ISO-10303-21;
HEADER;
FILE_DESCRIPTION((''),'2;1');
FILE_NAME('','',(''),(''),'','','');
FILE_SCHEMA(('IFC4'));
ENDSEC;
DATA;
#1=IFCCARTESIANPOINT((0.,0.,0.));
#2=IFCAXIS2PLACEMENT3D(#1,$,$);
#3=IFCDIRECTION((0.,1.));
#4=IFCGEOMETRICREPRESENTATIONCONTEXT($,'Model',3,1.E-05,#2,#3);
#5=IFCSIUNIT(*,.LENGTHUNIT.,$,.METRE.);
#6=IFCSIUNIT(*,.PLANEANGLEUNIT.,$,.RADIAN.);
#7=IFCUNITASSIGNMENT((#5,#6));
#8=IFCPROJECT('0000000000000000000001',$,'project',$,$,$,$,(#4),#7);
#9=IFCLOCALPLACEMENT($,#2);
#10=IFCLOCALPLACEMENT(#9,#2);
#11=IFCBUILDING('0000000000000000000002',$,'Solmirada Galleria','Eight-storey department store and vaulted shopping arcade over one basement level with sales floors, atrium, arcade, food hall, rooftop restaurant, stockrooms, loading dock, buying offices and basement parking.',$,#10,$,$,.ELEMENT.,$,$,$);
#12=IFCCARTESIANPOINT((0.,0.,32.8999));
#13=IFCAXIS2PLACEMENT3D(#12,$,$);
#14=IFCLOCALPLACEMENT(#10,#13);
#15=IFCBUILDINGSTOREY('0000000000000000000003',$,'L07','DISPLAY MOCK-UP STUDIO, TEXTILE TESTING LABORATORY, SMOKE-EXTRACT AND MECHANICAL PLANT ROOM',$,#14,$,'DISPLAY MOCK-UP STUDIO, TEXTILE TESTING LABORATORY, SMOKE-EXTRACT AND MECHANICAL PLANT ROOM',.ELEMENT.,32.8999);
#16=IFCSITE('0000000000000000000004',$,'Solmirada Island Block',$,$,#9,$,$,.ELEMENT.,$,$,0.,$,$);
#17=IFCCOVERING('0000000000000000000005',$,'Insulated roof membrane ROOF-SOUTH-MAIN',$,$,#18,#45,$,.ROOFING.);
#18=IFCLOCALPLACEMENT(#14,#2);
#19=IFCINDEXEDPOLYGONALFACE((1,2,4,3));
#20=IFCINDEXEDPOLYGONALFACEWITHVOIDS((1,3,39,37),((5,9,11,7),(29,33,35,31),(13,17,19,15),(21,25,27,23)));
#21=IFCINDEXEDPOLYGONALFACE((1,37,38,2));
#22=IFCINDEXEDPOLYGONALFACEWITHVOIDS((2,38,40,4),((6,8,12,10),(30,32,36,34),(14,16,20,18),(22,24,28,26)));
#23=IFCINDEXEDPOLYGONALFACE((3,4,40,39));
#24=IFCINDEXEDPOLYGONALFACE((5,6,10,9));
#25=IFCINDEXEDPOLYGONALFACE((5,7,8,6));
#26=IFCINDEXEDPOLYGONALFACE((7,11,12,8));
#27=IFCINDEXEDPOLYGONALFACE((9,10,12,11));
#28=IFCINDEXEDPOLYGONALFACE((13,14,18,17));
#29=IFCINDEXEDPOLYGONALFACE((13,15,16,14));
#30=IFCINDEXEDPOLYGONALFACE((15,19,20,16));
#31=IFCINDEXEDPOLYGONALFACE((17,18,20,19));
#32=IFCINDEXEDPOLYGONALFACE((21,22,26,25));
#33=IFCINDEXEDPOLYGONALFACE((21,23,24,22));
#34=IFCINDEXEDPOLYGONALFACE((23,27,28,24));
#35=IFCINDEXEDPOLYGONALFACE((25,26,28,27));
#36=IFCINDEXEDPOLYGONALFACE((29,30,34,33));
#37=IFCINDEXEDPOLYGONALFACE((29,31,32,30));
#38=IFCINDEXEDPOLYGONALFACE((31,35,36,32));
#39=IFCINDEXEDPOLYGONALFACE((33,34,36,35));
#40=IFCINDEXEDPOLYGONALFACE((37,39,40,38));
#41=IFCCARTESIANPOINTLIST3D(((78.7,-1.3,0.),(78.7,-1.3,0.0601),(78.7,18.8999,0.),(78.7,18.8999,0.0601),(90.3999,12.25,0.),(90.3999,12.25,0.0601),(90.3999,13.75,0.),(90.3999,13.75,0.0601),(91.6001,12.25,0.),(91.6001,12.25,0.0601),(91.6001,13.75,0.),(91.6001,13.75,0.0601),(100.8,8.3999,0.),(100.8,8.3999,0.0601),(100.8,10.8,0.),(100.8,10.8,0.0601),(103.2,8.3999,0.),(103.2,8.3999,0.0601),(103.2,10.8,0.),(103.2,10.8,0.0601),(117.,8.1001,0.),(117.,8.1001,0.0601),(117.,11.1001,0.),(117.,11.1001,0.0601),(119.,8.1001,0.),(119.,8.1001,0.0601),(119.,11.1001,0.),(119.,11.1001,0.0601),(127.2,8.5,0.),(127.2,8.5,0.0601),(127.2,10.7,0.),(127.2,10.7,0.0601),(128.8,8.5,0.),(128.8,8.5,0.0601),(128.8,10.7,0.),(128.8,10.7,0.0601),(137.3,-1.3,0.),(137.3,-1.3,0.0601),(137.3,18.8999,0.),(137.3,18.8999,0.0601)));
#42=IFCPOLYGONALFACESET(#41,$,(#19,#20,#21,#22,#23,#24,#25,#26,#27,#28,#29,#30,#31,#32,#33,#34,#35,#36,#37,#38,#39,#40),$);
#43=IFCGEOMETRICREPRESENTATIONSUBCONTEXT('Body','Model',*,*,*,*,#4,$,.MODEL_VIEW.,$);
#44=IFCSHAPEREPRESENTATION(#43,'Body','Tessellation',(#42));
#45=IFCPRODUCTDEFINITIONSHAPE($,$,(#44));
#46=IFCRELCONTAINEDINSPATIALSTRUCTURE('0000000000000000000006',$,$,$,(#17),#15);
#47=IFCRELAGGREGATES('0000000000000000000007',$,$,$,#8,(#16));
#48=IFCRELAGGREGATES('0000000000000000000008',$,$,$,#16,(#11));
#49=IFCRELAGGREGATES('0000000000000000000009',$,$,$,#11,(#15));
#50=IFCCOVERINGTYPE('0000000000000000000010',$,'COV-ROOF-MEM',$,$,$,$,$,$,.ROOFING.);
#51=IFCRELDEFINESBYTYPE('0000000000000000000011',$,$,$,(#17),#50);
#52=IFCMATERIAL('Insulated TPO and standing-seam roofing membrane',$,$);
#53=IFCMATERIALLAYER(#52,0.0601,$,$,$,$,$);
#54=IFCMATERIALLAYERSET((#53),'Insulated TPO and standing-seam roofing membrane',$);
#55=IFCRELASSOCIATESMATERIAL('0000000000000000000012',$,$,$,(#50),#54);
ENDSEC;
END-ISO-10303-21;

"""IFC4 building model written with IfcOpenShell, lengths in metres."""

from ifc_helpers import new_model, si_unit, direction, frame, origin, place, context, subcontext, project, spatial, polyline, outline, extrude, material, layer, layer_set, type_object, element, save


model = new_model("IFC4")

# Units and contexts
model_context = context("Model", 3, precision=1e-05, world=origin(), true_north=direction((0.0, 1.0)))
body_context = subcontext(model_context, "Body", "Model", "MODEL_VIEW")
ifc_project = project(units=[si_unit("LENGTHUNIT", "METRE"), si_unit("PLANEANGLEUNIT", "RADIAN")], contexts=[model_context])

# Site, building, storey
site_placement = place(None, origin())
site = spatial("IfcSite", under=ifc_project, at=site_placement, Name="Solmirada Island Block", CompositionType="ELEMENT", RefElevation=0.0)
building_placement = place(site_placement, origin())
building = spatial("IfcBuilding", under=site, at=building_placement, Name="Solmirada Galleria", Description="Eight-storey department store and vaulted shopping arcade over one basement level with sales floors, atrium, arcade, food hall, rooftop restaurant, stockrooms, loading dock, buying offices and basement parking.", CompositionType="ELEMENT")
storey_placement = place(building_placement, frame((0.0, 0.0, 32.8999)))
storey = spatial("IfcBuildingStorey", under=building, at=storey_placement, Name="L07", Description="DISPLAY MOCK-UP STUDIO, TEXTILE TESTING LABORATORY, SMOKE-EXTRACT AND MECHANICAL PLANT ROOM", LongName="DISPLAY MOCK-UP STUDIO, TEXTILE TESTING LABORATORY, SMOKE-EXTRACT AND MECHANICAL PLANT ROOM", CompositionType="ELEMENT", Elevation=32.8999)

# Covering
ifc_material_1 = material(Name="Insulated TPO and standing-seam roofing membrane")
ifc_layer_1 = layer(ifc_material_1, 0.0601)
ifc_layer_set_1 = layer_set([ifc_layer_1], Name="Insulated TPO and standing-seam roofing membrane")
covering_type_1 = type_object("IfcCoveringType", Name="COV-ROOF-MEM", PredefinedType="ROOFING", material=ifc_layer_set_1)
covering_1_placement = place(storey_placement, origin())
element("IfcCovering", 1, at=covering_1_placement, inside=storey, type_object=covering_type_1, Name="Insulated roof membrane ROOF-SOUTH-MAIN", PredefinedType="ROOFING", context=body_context, shape_type="SweptSolid", body=[
    extrude(outline(polyline([(78.7, -1.3), (137.3, -1.3), (137.3, 18.8999), (78.7, 18.8999), (78.7, -1.3)]), holes=[polyline([(100.8, 8.3999), (103.2, 8.3999), (103.2, 10.8), (100.8, 10.8), (100.8, 8.3999)]), polyline([(117.0, 8.1001), (119.0, 8.1001), (119.0, 11.1001), (117.0, 11.1001), (117.0, 8.1001)]), polyline([(127.2, 8.5), (128.8, 8.5), (128.8, 10.7), (127.2, 10.7), (127.2, 8.5)]), polyline([(90.3999, 12.25), (91.6001, 12.25), (91.6001, 13.75), (90.3999, 13.75), (90.3999, 12.25)])]), origin(), (0.0, 0.0, 1.0), 0.0601),
])

save(model, "model.ifc")
